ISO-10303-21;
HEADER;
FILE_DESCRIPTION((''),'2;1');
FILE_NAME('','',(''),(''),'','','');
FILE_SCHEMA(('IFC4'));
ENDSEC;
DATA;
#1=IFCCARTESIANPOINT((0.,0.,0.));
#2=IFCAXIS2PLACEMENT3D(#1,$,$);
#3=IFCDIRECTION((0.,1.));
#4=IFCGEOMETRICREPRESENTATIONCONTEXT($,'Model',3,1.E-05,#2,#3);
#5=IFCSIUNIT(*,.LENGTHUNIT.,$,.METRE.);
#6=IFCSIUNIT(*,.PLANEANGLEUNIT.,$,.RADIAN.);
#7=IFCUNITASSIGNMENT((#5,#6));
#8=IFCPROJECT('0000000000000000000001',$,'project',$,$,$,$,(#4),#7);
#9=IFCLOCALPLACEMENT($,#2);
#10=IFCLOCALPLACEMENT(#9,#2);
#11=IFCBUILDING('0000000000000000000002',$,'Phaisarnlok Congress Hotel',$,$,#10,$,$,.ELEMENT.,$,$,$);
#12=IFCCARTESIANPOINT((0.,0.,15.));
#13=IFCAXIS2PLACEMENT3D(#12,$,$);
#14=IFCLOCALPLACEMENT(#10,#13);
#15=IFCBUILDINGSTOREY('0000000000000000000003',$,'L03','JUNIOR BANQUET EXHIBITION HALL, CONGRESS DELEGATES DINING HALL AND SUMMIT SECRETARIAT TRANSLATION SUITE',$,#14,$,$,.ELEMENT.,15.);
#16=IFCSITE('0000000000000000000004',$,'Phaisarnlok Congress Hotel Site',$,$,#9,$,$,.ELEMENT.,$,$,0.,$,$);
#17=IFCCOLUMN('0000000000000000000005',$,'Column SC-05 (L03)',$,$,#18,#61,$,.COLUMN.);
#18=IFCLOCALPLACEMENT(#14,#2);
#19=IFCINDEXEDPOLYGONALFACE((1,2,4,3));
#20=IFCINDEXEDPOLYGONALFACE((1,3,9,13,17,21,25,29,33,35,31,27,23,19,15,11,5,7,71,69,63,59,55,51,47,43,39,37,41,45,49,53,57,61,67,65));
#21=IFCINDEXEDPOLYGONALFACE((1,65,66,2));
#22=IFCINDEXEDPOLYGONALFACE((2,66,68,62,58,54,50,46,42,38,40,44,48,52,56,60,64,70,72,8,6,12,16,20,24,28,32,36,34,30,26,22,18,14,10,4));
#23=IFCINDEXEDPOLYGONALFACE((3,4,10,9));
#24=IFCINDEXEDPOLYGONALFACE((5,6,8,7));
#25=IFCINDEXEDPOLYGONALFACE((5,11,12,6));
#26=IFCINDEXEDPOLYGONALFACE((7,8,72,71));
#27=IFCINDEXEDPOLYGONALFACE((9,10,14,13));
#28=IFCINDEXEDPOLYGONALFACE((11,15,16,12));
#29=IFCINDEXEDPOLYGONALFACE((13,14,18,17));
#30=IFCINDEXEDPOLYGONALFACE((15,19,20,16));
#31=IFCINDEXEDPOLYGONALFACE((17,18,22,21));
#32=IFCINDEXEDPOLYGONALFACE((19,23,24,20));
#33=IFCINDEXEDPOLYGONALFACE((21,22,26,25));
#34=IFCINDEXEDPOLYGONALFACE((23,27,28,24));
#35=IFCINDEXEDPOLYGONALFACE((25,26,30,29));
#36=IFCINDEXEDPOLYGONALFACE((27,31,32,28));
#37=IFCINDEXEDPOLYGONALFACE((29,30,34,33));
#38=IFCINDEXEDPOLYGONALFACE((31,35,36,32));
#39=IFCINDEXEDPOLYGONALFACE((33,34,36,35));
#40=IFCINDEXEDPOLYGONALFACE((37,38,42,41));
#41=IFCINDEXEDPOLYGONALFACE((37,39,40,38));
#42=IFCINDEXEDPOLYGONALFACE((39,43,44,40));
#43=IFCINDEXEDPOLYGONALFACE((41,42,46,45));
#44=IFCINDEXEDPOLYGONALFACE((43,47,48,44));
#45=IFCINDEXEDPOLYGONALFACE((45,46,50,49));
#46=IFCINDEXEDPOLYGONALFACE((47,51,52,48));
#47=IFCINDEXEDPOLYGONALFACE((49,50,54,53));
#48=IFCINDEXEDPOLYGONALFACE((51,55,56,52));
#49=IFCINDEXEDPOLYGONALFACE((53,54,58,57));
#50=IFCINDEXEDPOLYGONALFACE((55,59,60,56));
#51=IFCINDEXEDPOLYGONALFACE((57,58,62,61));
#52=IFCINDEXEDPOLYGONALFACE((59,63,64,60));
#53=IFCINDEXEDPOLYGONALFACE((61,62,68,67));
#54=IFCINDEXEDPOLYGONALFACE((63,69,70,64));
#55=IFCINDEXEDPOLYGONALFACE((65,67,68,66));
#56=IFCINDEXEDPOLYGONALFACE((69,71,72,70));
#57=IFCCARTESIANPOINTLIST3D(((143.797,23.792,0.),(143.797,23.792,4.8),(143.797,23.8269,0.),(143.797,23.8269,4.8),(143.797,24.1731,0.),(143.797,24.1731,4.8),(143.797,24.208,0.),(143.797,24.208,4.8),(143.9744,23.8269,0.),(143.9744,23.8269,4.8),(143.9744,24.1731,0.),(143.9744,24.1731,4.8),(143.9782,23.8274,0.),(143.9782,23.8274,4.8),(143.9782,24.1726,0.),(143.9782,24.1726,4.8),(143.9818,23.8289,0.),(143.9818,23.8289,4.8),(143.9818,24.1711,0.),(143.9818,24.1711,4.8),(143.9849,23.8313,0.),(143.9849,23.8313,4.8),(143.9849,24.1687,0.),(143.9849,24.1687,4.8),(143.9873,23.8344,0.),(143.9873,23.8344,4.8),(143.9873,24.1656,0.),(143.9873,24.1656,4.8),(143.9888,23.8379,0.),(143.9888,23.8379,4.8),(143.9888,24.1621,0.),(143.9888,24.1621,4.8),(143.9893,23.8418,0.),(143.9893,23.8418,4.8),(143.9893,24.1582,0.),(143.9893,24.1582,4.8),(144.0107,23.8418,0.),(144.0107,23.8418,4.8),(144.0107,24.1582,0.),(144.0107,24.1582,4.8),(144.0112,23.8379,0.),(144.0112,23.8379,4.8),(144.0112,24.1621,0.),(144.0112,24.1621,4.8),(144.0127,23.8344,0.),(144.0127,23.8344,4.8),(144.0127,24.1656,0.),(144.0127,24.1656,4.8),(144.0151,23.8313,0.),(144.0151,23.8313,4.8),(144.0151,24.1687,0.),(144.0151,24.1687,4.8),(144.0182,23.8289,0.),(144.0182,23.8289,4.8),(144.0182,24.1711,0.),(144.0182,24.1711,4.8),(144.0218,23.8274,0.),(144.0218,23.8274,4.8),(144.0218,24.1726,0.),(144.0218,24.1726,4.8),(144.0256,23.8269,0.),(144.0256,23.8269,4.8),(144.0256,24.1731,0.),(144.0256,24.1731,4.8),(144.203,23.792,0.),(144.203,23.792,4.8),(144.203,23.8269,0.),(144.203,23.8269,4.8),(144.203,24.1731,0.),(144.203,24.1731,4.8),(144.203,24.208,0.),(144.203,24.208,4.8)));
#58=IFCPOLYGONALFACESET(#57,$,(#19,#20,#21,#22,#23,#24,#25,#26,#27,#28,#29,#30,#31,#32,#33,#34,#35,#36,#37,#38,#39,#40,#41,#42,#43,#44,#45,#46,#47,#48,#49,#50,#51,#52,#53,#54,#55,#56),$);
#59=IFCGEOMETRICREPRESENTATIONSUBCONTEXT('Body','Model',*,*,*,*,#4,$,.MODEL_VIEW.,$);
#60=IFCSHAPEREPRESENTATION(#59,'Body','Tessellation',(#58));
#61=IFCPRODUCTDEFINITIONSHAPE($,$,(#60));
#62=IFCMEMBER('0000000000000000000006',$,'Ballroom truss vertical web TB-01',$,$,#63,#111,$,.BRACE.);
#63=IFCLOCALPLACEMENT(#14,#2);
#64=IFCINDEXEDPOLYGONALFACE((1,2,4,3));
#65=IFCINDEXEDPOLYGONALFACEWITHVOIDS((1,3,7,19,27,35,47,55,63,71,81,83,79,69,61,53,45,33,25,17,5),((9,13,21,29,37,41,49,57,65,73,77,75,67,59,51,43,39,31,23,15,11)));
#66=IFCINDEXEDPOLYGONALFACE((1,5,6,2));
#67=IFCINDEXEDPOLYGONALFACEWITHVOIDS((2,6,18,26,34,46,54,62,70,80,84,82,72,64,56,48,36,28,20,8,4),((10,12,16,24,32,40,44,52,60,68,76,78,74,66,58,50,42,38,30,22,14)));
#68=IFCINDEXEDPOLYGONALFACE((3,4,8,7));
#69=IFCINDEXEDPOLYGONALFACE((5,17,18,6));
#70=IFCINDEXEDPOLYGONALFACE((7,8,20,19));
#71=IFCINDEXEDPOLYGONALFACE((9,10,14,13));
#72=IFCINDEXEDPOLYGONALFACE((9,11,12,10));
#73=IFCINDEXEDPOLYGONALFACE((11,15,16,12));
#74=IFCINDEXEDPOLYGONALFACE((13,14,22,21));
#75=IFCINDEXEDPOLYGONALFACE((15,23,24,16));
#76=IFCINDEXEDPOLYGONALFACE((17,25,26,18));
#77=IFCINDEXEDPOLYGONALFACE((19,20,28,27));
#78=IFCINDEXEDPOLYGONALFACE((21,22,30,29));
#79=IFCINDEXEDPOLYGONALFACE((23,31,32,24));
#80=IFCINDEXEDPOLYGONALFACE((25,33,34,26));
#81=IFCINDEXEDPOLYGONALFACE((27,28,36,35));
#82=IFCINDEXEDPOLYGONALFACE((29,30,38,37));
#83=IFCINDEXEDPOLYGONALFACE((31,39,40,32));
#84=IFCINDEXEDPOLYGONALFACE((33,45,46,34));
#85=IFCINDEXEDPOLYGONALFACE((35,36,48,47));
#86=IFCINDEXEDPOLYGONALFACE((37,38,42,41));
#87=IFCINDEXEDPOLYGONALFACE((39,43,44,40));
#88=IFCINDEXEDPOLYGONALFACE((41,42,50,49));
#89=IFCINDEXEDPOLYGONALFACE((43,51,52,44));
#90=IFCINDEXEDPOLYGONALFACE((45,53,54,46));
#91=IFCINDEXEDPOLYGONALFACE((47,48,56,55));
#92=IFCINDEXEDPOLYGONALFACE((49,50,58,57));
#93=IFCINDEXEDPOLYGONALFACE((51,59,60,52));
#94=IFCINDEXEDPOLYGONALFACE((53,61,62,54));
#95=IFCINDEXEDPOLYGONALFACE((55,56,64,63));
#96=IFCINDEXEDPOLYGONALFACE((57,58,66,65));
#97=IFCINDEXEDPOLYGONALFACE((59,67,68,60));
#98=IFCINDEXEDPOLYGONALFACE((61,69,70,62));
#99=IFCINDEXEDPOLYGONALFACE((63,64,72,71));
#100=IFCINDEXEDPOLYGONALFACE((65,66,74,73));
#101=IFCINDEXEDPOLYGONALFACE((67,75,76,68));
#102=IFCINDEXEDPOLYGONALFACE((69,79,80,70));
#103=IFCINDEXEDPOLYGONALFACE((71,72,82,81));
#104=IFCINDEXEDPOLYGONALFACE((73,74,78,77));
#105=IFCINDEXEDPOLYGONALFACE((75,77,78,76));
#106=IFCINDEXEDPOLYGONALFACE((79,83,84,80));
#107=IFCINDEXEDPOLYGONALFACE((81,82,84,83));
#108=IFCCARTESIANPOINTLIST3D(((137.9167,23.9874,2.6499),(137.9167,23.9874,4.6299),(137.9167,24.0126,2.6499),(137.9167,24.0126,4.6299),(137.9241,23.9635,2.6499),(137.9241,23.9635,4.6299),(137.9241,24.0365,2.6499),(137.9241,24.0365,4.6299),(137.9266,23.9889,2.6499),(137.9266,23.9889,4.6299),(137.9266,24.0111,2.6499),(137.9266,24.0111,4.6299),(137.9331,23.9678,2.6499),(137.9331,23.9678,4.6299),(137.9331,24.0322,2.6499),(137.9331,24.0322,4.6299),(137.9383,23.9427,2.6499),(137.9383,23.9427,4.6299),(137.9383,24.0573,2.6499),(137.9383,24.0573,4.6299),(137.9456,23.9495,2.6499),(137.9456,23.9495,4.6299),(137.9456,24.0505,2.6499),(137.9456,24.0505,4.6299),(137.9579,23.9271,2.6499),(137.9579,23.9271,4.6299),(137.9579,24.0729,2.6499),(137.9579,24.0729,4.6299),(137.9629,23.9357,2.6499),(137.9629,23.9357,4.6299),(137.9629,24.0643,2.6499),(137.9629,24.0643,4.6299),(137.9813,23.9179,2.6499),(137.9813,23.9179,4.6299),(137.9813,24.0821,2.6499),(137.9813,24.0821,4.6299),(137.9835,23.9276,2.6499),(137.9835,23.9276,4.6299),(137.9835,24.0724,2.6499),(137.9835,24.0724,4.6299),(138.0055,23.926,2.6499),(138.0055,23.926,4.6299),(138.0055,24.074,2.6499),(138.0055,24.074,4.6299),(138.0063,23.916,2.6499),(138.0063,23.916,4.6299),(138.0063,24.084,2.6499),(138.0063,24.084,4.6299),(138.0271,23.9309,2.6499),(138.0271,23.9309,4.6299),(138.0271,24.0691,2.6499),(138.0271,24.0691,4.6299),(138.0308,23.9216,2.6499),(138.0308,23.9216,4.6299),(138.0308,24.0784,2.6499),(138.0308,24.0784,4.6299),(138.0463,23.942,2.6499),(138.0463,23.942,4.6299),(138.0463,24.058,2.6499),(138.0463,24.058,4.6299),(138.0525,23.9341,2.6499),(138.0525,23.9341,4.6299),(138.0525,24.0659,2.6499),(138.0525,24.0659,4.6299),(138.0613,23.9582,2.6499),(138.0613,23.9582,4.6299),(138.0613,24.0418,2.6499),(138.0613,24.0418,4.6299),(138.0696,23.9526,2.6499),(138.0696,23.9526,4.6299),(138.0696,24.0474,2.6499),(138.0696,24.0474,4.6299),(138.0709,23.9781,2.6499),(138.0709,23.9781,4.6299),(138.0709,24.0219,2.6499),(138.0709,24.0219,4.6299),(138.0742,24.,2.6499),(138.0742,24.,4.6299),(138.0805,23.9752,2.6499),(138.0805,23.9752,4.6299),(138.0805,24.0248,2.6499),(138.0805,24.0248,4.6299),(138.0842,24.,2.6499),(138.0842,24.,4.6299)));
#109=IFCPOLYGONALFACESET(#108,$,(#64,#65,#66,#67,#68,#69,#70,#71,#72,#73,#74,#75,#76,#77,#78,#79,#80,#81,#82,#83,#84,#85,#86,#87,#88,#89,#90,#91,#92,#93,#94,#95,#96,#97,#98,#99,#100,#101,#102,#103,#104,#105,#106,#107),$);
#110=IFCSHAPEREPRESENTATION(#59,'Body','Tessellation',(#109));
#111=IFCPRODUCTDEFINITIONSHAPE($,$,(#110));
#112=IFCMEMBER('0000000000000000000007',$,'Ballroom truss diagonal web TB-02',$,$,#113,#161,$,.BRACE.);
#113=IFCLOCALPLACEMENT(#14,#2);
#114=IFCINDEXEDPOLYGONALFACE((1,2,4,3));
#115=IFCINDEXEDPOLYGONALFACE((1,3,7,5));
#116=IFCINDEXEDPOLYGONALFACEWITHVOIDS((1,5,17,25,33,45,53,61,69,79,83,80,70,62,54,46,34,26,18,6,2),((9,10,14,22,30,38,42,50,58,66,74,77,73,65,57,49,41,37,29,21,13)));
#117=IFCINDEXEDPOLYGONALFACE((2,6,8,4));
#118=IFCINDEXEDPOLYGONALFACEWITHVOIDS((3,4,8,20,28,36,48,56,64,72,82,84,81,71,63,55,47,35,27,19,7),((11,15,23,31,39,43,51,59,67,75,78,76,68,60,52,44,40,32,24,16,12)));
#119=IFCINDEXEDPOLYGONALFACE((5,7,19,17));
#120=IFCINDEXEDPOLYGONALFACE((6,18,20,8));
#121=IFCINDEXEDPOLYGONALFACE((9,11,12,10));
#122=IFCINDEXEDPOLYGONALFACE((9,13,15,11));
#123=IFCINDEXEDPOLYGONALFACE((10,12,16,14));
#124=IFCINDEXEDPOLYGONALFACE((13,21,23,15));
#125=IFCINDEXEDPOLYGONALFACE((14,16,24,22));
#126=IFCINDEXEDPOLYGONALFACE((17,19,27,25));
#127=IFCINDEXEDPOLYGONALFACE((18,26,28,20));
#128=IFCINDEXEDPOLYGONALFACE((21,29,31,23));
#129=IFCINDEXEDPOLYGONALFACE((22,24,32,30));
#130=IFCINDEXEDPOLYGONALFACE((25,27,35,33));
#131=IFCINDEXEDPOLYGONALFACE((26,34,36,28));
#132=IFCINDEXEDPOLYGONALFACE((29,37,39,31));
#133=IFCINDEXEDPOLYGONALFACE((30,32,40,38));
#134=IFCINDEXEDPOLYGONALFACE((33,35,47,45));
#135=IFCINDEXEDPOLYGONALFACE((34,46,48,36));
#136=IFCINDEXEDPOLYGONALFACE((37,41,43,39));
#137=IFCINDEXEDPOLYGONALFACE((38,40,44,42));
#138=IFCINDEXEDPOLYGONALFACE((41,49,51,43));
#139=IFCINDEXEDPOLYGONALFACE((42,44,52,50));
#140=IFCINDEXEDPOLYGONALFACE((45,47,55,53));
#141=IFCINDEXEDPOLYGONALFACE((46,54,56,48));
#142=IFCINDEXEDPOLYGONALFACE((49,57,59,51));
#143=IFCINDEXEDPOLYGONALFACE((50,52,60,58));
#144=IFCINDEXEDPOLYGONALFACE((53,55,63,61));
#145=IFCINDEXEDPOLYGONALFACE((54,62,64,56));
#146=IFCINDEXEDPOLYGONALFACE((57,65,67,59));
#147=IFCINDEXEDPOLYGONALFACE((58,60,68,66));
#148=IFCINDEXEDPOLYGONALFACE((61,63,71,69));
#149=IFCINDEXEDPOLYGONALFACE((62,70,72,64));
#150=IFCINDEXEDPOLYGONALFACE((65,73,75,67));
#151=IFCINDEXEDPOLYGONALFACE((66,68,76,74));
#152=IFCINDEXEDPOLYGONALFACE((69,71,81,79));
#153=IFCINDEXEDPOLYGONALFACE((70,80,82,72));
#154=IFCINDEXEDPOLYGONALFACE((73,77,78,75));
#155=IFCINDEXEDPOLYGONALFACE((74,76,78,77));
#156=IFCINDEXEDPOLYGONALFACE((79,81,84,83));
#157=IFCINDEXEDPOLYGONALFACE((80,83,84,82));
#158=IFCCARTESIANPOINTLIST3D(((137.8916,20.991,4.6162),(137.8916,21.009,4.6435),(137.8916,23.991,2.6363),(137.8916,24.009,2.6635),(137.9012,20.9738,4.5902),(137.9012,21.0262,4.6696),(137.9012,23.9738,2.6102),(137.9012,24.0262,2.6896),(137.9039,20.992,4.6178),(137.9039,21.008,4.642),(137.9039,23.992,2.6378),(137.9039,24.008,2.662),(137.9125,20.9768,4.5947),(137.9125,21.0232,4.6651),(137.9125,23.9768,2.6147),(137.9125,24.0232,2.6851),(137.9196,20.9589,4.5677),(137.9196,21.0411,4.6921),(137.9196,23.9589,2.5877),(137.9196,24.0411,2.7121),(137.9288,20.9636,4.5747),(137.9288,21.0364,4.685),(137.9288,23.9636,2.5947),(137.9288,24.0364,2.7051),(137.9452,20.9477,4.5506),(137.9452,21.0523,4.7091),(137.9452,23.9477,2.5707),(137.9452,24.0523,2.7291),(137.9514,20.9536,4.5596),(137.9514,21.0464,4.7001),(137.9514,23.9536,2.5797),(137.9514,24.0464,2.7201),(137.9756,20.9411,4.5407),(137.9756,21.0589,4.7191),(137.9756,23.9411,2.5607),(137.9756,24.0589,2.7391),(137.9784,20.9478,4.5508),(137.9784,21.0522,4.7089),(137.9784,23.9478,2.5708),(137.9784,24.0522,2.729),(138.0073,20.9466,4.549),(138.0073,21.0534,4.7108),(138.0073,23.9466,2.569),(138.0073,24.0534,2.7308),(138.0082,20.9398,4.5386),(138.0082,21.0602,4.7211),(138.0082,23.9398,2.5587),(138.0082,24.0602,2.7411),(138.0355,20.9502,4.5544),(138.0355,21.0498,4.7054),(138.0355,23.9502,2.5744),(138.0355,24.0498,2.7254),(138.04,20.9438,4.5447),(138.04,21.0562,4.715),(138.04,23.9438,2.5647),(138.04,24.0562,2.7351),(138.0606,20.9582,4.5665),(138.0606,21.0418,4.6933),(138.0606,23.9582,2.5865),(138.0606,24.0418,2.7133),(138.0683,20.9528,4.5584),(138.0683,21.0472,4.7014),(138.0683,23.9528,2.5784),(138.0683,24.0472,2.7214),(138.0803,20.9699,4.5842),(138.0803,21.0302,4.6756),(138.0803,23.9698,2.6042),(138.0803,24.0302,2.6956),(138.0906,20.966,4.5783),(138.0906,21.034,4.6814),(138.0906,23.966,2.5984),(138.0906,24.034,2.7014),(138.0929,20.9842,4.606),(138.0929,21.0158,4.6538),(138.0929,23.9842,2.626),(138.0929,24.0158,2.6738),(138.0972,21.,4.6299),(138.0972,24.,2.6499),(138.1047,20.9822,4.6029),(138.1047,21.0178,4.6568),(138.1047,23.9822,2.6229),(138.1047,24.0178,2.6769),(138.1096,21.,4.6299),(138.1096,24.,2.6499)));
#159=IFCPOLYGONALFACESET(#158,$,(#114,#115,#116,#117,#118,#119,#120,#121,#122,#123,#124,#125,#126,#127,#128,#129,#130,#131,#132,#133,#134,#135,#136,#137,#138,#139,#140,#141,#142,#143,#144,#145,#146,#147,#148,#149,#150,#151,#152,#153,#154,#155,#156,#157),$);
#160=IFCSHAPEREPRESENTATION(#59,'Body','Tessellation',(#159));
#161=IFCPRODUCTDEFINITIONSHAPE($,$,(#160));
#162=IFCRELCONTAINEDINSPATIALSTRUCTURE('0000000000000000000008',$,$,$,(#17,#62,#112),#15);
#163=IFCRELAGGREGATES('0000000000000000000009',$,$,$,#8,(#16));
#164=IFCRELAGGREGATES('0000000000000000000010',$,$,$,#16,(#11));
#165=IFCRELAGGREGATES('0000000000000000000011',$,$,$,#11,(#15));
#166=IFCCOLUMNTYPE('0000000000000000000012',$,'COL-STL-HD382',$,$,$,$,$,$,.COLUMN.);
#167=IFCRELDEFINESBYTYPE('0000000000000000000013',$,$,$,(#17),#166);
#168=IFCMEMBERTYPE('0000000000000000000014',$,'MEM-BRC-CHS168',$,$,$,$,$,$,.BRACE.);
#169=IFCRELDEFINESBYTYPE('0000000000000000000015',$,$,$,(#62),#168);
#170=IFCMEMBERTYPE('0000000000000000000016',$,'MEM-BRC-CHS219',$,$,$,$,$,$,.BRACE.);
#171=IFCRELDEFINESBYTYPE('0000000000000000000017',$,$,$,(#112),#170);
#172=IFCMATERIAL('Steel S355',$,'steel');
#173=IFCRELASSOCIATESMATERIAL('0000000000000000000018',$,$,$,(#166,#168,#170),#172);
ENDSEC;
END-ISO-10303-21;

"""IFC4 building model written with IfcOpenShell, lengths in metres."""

from ifc_helpers import new_model, si_unit, direction, frame, origin, origin_2d, place, context, subcontext, project, spatial, hollow_circle, i_section, extrude, material, material_profile, profile_set, type_object, element, save


model = new_model("IFC4")

# Units and contexts
model_context = context("Model", 3, precision=1e-05, world=origin(), true_north=direction((0.0, 1.0)))
body_context = subcontext(model_context, "Body", "Model", "MODEL_VIEW")
ifc_project = project(units=[si_unit("LENGTHUNIT", "METRE"), si_unit("PLANEANGLEUNIT", "RADIAN")], contexts=[model_context])

# Site, building, storey
site_placement = place(None, origin())
site = spatial("IfcSite", under=ifc_project, at=site_placement, Name="Phaisarnlok Congress Hotel Site", CompositionType="ELEMENT", RefElevation=0.0)
building_placement = place(site_placement, origin())
building = spatial("IfcBuilding", under=site, at=building_placement, Name="Phaisarnlok Congress Hotel", CompositionType="ELEMENT")
storey_placement = place(building_placement, frame((0.0, 0.0, 15.0)))
storey = spatial("IfcBuildingStorey", under=building, at=storey_placement, Name="L03", Description="JUNIOR BANQUET EXHIBITION HALL, CONGRESS DELEGATES DINING HALL AND SUMMIT SECRETARIAT TRANSLATION SUITE", CompositionType="ELEMENT", Elevation=15.0)

# Column
ifc_material_1 = material(Name="Steel S355", Category="steel")
ifc_material_profile_1 = material_profile(ifc_material_1, i_section(OverallWidth=0.406, OverallDepth=0.416, WebThickness=0.0215, FlangeThickness=0.0349, FilletRadius=0.0149, at=origin_2d()), Name="HD 400x382")
ifc_profile_set_1 = profile_set([ifc_material_profile_1], Name="Steel S355")
column_type = type_object("IfcColumnType", Name="COL-STL-HD382", PredefinedType="COLUMN", material=ifc_profile_set_1)
column_placement = place(storey_placement, frame((144.0, 24.0, 0.0), z_axis=(0.0, 0.0, 1.0), x_axis=(1.0, 0.0, 0.0)))
element("IfcColumn", 1, at=column_placement, inside=storey, type_object=column_type, Name="Column SC-05 (L03)", PredefinedType="COLUMN", context=body_context, shape_type="SweptSolid", body=[
    extrude(i_section(OverallWidth=0.406, OverallDepth=0.416, WebThickness=0.0215, FlangeThickness=0.0349, FilletRadius=0.0149, at=origin_2d()), origin(), (0.0, 0.0, 1.0), 4.8),
])

# Members
ifc_material_profile_2 = material_profile(ifc_material_1, hollow_circle(Radius=0.0842, WallThickness=0.01, at=origin_2d()), Name="CHS 168.3x10")
ifc_profile_set_2 = profile_set([ifc_material_profile_2], Name="Steel S355")
member_type_1 = type_object("IfcMemberType", Name="MEM-BRC-CHS168", PredefinedType="BRACE", material=ifc_profile_set_2)
member_1_placement = place(storey_placement, frame((138.0, 24.0, 2.6499), z_axis=(0.0, 0.0, 1.0), x_axis=(1.0, 0.0, 0.0)))
element("IfcMember", 2, at=member_1_placement, inside=storey, type_object=member_type_1, Name="Ballroom truss vertical web TB-01", PredefinedType="BRACE", context=body_context, shape_type="SweptSolid", body=[
    extrude(hollow_circle(Radius=0.0842, WallThickness=0.01, at=origin_2d()), origin(), (0.0, 0.0, 1.0), 1.98),
])
ifc_material_profile_3 = material_profile(ifc_material_1, hollow_circle(Radius=0.1096, WallThickness=0.0125, at=origin_2d()), Name="CHS 219.1x12.5")
ifc_profile_set_3 = profile_set([ifc_material_profile_3], Name="Steel S355")
member_type_2 = type_object("IfcMemberType", Name="MEM-BRC-CHS219", PredefinedType="BRACE", material=ifc_profile_set_3)
for number, where, z_axis, x_axis, name in (
    (3, (138.0, 24.0, 2.6499), (0.0, -0.834612, 0.550838), (1.0, 0.0, 0.0), "Ballroom truss diagonal web TB-02"),
):
    element("IfcMember", number, at=place(storey_placement, frame(where, z_axis=z_axis, x_axis=x_axis)), inside=storey, type_object=member_type_2, Name=name, PredefinedType="BRACE", context=body_context, shape_type="SweptSolid", body=[
        extrude(hollow_circle(Radius=0.1096, WallThickness=0.0125, at=origin_2d()), origin(), (0.0, 0.0, 1.0), 3.5945),
    ])

save(model, "model.ifc")
